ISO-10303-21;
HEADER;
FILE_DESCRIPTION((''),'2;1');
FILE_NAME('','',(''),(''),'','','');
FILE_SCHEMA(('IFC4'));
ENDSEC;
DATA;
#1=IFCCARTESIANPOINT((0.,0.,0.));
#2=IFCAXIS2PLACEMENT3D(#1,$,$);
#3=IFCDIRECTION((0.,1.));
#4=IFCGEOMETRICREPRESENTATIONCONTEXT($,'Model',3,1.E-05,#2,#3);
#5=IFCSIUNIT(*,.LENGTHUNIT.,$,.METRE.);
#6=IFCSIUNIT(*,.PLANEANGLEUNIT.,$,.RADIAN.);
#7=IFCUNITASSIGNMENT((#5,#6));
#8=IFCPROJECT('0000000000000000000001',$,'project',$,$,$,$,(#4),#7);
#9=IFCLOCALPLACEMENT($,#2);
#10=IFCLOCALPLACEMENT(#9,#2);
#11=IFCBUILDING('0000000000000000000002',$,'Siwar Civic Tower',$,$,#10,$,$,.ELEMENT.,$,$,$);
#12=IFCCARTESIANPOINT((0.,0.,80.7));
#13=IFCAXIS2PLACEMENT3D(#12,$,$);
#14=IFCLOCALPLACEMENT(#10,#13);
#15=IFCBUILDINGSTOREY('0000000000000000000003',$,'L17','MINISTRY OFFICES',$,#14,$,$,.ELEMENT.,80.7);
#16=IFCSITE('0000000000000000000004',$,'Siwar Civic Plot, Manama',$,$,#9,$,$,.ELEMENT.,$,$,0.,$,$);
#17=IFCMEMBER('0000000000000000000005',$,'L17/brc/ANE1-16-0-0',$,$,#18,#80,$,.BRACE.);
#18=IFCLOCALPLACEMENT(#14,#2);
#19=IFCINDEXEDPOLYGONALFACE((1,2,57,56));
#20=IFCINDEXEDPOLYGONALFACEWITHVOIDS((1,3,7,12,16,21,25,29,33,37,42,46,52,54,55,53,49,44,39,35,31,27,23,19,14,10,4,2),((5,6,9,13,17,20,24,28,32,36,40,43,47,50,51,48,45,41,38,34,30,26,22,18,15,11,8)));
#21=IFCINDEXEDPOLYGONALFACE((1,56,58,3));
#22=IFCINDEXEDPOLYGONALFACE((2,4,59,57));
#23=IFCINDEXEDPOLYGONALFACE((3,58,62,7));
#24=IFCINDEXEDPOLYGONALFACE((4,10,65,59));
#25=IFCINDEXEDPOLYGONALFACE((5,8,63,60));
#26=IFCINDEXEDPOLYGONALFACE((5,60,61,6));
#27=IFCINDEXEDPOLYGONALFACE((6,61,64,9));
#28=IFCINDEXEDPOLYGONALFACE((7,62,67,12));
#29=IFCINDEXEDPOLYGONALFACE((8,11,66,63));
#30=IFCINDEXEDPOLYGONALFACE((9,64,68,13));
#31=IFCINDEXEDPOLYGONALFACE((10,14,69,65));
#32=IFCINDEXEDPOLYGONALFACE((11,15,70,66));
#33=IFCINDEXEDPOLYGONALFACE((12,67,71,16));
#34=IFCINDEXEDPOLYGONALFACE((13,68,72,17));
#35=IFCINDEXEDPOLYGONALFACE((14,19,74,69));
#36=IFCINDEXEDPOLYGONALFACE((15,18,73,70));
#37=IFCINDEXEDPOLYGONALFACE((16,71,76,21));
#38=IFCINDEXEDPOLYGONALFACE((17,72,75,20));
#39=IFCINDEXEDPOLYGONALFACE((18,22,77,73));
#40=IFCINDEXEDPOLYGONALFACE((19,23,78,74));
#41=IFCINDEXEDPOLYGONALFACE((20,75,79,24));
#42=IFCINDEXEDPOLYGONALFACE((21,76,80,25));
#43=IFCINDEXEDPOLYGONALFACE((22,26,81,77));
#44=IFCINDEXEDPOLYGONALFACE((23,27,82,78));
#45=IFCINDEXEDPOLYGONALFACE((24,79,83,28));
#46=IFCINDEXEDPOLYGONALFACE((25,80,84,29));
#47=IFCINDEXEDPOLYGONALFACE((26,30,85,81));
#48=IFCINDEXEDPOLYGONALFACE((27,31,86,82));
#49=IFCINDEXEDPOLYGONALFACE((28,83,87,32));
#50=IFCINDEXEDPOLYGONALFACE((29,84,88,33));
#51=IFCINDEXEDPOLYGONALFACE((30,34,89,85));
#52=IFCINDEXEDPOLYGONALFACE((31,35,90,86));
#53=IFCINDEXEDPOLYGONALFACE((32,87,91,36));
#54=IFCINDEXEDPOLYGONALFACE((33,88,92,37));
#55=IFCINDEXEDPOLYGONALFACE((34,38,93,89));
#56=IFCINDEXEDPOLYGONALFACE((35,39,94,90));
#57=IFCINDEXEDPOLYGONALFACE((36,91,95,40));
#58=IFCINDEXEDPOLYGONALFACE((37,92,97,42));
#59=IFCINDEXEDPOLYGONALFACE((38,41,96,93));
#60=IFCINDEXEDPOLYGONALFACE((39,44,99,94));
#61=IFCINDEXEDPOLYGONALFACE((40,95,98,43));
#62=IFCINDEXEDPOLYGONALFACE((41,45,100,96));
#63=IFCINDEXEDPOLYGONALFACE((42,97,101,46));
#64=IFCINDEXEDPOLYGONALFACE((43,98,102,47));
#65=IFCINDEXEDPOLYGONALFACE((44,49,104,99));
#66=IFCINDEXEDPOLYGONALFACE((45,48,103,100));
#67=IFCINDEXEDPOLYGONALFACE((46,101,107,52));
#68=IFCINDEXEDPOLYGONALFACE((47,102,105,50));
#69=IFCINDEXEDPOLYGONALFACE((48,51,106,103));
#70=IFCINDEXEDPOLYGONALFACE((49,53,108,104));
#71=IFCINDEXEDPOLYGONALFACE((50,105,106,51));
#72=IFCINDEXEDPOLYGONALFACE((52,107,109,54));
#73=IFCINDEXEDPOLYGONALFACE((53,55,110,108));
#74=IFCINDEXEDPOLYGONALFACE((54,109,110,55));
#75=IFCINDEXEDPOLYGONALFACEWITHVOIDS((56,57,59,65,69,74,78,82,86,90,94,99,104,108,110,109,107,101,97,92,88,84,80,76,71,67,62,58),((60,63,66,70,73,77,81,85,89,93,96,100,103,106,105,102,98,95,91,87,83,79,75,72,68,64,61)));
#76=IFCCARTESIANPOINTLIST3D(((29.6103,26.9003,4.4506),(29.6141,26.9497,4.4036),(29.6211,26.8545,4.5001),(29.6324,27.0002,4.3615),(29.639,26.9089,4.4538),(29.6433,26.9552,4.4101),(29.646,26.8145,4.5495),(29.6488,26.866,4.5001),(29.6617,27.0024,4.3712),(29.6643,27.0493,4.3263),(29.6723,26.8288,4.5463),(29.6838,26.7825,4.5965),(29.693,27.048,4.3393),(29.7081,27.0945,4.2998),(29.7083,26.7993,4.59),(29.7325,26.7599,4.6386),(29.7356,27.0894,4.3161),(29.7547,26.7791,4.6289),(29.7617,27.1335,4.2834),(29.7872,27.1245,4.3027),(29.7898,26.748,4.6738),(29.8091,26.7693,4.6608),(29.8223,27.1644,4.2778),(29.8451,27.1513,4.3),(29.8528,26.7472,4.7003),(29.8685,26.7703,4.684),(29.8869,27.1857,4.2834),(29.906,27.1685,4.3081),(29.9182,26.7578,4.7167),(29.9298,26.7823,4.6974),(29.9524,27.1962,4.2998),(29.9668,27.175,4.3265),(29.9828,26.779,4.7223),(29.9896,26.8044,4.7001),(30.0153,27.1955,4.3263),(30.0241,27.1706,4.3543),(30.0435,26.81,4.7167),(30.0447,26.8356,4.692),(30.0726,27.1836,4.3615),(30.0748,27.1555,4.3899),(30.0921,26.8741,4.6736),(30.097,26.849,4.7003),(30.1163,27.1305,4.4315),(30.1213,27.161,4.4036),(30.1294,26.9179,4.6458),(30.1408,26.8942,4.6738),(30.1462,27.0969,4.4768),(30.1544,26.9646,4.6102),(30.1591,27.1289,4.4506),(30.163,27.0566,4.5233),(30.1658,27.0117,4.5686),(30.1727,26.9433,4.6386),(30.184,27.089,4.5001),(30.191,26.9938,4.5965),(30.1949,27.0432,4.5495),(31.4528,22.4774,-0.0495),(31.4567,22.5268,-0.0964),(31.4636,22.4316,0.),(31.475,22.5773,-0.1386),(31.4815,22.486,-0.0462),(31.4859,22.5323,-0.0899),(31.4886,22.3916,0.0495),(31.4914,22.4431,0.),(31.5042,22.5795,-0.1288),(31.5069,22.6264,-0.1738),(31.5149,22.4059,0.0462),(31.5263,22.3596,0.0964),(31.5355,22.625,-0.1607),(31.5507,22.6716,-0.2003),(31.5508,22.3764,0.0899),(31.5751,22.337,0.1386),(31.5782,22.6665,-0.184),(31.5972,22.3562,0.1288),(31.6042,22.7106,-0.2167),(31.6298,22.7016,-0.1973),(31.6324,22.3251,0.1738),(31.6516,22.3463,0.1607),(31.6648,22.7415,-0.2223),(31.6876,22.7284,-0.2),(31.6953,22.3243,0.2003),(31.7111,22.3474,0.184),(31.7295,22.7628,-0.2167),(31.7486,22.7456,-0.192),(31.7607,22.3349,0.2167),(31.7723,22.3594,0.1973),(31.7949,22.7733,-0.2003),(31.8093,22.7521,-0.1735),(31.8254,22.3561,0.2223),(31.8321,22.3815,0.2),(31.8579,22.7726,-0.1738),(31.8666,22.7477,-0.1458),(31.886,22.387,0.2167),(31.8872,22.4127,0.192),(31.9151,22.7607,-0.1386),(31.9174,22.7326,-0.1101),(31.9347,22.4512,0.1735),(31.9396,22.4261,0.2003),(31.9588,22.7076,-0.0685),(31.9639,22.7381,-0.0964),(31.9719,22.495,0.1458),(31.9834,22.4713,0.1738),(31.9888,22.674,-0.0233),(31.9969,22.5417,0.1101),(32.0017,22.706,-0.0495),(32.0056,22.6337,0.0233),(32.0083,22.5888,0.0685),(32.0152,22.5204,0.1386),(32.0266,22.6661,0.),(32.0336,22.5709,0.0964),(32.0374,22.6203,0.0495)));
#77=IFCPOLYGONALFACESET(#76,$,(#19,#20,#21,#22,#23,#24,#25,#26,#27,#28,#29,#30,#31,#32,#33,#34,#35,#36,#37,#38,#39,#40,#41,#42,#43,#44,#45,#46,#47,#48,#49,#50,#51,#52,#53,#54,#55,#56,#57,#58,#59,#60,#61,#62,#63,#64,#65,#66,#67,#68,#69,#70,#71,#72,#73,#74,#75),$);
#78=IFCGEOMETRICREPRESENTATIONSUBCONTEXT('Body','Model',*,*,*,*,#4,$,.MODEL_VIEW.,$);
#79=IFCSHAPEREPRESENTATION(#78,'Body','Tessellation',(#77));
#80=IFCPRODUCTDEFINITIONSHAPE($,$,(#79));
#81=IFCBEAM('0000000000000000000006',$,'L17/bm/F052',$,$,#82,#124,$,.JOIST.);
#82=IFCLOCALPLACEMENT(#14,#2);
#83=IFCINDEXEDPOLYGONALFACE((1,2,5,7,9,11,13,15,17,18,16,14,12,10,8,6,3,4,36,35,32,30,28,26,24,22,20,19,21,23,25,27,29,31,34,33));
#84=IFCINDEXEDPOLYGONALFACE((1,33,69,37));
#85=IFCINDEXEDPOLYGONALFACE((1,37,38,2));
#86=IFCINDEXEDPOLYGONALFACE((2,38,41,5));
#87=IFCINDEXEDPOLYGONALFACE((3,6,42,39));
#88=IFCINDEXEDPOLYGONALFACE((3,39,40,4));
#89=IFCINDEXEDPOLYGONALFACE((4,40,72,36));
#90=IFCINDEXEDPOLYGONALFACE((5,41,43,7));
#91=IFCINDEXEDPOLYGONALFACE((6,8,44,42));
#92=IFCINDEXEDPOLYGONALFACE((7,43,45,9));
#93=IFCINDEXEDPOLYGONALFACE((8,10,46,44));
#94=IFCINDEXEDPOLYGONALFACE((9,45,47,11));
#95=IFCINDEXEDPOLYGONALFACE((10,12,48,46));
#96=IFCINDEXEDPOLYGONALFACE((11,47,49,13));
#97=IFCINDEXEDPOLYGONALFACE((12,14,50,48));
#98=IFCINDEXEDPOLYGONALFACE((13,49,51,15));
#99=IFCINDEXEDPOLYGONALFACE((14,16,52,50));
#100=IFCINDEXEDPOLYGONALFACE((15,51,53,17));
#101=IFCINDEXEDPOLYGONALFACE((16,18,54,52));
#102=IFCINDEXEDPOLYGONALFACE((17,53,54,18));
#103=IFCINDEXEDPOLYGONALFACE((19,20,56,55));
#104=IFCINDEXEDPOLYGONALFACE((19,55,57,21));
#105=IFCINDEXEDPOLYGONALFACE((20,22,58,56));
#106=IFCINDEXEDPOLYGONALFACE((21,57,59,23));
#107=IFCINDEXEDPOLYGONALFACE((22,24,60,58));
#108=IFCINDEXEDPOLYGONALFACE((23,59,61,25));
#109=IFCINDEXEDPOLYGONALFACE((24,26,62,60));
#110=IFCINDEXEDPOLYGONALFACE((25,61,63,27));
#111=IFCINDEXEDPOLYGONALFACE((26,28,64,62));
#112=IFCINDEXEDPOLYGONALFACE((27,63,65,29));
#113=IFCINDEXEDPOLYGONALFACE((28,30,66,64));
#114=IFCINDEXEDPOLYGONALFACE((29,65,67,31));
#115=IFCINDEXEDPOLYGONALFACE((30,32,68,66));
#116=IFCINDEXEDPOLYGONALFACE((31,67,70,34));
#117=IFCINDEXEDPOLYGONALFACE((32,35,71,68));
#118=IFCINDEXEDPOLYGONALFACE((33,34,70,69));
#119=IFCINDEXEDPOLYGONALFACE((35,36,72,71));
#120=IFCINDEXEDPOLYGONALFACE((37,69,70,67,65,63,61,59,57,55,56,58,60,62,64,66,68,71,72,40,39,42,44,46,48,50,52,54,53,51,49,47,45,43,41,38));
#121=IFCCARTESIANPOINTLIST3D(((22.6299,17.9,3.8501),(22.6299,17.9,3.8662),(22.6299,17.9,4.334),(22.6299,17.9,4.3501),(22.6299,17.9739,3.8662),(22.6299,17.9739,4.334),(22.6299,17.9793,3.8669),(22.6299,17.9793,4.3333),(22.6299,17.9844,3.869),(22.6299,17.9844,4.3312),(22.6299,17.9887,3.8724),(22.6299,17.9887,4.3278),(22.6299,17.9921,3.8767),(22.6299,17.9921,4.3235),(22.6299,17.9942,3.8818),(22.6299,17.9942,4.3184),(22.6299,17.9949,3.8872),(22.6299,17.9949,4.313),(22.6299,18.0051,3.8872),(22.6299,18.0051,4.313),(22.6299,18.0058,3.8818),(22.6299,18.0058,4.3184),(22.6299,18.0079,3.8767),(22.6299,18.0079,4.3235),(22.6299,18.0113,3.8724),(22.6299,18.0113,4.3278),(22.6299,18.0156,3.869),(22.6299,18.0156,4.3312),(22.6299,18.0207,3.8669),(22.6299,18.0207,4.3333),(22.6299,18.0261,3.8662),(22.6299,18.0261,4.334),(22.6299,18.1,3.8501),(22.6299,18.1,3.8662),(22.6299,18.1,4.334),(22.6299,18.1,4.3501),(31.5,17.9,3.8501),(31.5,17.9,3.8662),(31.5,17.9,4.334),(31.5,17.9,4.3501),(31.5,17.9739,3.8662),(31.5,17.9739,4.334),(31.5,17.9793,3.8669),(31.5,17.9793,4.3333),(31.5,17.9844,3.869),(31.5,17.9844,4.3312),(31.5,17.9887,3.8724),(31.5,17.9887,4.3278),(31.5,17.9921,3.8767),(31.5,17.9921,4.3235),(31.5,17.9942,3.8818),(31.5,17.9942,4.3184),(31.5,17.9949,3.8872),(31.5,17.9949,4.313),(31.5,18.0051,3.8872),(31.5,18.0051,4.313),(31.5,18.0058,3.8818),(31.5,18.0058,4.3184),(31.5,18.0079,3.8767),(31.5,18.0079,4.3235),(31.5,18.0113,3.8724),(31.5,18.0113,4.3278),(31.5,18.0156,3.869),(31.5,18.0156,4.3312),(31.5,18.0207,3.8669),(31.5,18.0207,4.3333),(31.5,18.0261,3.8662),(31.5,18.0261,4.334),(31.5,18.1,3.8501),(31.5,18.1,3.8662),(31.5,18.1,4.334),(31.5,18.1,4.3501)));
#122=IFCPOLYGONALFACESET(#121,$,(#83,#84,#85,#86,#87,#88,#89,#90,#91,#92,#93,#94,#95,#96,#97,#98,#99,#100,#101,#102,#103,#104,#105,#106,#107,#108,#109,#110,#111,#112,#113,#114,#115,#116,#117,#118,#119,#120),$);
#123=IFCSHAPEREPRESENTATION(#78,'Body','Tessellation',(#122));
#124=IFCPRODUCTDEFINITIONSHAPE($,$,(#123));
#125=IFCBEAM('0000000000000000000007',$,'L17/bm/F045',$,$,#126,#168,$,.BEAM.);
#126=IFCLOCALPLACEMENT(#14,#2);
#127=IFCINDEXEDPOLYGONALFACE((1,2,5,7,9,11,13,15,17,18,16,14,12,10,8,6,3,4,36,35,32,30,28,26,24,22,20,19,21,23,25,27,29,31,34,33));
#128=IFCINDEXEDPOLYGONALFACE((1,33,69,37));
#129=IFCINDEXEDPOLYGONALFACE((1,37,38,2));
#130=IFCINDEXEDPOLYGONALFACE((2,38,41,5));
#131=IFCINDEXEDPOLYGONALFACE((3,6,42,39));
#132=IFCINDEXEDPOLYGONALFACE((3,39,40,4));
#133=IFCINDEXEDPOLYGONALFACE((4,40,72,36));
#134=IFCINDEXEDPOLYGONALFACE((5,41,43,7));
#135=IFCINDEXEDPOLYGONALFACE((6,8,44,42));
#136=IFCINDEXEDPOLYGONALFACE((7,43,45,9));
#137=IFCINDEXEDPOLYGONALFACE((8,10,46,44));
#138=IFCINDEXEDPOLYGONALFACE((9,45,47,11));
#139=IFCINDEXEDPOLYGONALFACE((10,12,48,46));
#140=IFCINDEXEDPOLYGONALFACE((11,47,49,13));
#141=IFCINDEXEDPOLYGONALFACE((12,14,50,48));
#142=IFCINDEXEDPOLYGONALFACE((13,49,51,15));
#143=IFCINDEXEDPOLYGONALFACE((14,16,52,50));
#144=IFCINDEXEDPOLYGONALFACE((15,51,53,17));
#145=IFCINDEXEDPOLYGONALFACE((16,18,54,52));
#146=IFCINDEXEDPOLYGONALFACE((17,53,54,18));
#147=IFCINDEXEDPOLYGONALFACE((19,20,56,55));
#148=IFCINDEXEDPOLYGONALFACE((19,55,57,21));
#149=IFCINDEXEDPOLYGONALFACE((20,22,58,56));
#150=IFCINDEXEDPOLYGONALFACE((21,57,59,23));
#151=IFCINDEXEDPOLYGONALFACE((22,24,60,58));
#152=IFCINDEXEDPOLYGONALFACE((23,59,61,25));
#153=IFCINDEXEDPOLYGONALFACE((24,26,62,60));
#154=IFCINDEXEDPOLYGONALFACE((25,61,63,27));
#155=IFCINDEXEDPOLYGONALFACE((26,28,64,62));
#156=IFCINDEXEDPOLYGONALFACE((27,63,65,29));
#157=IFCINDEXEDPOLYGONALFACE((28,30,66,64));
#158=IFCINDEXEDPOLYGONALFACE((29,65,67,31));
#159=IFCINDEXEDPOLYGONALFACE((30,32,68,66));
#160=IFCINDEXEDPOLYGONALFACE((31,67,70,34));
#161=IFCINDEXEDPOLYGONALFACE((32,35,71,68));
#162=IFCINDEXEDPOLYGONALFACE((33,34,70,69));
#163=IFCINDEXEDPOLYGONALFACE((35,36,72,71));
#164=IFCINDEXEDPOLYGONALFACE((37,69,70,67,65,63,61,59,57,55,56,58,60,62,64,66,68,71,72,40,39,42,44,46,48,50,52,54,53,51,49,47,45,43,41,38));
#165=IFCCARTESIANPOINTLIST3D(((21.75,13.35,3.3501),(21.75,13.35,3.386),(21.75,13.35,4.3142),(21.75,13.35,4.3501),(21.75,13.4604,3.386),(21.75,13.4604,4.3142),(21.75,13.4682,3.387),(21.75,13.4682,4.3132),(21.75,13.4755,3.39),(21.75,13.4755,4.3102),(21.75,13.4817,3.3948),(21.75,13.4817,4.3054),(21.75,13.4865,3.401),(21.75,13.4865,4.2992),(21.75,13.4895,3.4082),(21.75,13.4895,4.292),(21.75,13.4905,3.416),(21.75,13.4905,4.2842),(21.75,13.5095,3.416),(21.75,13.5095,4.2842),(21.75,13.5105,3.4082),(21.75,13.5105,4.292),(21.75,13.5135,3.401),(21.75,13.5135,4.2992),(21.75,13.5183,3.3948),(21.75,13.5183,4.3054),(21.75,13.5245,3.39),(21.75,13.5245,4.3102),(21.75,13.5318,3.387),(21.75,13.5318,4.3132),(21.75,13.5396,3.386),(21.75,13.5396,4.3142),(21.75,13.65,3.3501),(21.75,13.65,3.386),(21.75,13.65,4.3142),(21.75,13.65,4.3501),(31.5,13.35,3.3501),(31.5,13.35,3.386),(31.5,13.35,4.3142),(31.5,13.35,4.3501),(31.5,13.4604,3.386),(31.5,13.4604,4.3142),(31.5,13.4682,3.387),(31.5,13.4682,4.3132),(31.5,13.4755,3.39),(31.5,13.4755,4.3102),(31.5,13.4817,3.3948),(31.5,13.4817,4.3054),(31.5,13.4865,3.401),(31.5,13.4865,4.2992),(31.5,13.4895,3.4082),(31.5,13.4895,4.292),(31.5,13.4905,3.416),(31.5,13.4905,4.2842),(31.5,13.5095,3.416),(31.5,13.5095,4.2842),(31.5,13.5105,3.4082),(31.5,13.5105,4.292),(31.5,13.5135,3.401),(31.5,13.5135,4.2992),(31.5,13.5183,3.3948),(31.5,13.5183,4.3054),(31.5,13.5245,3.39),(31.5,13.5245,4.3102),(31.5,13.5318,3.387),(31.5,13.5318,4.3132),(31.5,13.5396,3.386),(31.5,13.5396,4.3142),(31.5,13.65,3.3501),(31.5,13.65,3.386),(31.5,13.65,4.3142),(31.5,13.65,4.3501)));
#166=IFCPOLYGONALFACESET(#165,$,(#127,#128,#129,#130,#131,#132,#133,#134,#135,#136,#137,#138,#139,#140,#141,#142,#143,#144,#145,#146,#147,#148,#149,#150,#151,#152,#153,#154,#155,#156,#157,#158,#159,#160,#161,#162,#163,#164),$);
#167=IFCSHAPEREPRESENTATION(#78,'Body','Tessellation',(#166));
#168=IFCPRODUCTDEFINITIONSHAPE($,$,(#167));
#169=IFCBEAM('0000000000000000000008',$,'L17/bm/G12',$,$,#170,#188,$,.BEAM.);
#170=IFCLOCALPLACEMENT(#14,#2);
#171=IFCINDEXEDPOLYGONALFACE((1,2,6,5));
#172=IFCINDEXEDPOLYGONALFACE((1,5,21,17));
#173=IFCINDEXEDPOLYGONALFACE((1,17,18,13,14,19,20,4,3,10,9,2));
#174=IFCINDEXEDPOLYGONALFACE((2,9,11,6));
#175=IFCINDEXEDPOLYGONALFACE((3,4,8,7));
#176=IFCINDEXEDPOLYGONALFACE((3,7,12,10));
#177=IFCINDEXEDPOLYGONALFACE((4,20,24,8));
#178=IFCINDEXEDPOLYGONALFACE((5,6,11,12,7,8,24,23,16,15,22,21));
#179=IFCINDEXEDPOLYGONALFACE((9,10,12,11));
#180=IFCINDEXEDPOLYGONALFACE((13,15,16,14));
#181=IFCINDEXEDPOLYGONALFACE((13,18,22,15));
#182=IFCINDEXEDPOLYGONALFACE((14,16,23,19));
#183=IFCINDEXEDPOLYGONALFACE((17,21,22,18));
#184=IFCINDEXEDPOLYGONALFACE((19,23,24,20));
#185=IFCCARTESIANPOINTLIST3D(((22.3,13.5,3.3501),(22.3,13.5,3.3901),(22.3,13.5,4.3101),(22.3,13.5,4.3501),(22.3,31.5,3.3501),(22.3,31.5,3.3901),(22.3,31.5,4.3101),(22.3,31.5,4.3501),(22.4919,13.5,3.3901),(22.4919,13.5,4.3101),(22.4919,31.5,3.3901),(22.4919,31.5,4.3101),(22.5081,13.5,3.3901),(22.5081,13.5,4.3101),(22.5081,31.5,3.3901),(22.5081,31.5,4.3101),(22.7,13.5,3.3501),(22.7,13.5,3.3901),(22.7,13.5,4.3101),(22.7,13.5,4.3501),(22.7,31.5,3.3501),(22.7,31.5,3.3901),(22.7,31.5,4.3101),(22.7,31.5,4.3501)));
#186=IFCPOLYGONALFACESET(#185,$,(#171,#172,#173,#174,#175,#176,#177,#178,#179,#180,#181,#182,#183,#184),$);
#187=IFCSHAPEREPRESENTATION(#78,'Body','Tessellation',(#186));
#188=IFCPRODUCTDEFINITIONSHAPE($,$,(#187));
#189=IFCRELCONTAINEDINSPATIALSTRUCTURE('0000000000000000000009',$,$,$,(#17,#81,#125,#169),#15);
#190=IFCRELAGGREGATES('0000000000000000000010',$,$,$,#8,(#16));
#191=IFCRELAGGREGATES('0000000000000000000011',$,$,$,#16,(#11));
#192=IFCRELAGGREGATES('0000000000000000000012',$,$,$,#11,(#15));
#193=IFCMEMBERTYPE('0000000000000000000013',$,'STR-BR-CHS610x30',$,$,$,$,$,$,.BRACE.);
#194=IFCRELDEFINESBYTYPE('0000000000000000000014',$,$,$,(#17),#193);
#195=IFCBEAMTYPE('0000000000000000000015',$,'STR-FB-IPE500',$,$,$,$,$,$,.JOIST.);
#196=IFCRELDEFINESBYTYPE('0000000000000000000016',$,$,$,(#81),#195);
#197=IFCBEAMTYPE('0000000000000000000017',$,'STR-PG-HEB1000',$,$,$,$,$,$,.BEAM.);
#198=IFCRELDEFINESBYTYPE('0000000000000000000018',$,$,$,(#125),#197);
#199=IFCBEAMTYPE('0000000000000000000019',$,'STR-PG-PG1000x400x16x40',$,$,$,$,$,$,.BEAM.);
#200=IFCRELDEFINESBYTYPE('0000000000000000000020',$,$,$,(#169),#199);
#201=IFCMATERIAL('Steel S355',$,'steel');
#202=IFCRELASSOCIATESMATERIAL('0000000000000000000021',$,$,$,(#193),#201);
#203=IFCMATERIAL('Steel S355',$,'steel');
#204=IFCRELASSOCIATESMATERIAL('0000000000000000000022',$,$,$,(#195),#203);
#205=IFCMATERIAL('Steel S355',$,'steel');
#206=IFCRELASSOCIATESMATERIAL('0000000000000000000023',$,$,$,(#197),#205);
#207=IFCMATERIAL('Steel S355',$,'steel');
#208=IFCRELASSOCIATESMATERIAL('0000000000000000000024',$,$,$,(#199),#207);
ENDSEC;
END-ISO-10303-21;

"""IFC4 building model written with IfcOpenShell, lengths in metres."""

from ifc_helpers import new_model, si_unit, direction, frame, origin, origin_2d, place, context, subcontext, project, spatial, hollow_circle, i_section, extrude, material, material_profile, profile_set, type_object, element, save


model = new_model("IFC4")

# Units and contexts
model_context = context("Model", 3, precision=1e-05, world=origin(), true_north=direction((0.0, 1.0)))
body_context = subcontext(model_context, "Body", "Model", "MODEL_VIEW")
ifc_project = project(units=[si_unit("LENGTHUNIT", "METRE"), si_unit("PLANEANGLEUNIT", "RADIAN")], contexts=[model_context])

# Site, building, storey
site_placement = place(None, origin())
site = spatial("IfcSite", under=ifc_project, at=site_placement, Name="Siwar Civic Plot, Manama", CompositionType="ELEMENT", RefElevation=0.0)
building_placement = place(site_placement, origin())
building = spatial("IfcBuilding", under=site, at=building_placement, Name="Siwar Civic Tower", CompositionType="ELEMENT")
storey_placement = place(building_placement, frame((0.0, 0.0, 80.7)))
storey = spatial("IfcBuildingStorey", under=building, at=storey_placement, Name="L17", Description="MINISTRY OFFICES", CompositionType="ELEMENT", Elevation=80.7)

# Member
ifc_material_1 = material(Name="Steel S355", Category="steel")
ifc_material_profile_1 = material_profile(ifc_material_1, hollow_circle(Radius=0.3049, WallThickness=0.03, at=origin_2d()), Name="CHS610x30")
ifc_profile_set_1 = profile_set([ifc_material_profile_1], Name="Steel S355")
member_type_1 = type_object("IfcMemberType", Name="STR-BR-CHS610x30", PredefinedType="BRACE", material=ifc_profile_set_1)
member_1_placement = place(storey_placement, frame((31.7451, 22.5488, 0.0), z_axis=(-0.280311, 0.672865, 0.684601), x_axis=(-0.923101, -0.384557, 0.0)))
element("IfcMember", 1, at=member_1_placement, inside=storey, type_object=member_type_1, Name="L17/brc/ANE1-16-0-0", PredefinedType="BRACE", context=body_context, shape_type="SweptSolid", body=[
    extrude(hollow_circle(Radius=0.3049, WallThickness=0.03, at=origin_2d()), origin(), (0.0, 0.0, 1.0), 6.5732),
])

# Beams
ifc_material_2 = material(Name="Steel S355", Category="steel")
ifc_material_profile_2 = material_profile(ifc_material_2, i_section(OverallWidth=0.2, OverallDepth=0.5, WebThickness=0.0103, FlangeThickness=0.0161, FilletRadius=0.021, at=origin_2d()), Name="IPE500")
ifc_profile_set_2 = profile_set([ifc_material_profile_2], Name="Steel S355")
beam_type_1 = type_object("IfcBeamType", Name="STR-FB-IPE500", PredefinedType="JOIST", material=ifc_profile_set_2)
beam_1_placement = place(storey_placement, frame((22.6299, 18.0, 4.1001), z_axis=(1.0, 0.0, 0.0), x_axis=(0.0, 1.0, 0.0)))
element("IfcBeam", 2, at=beam_1_placement, inside=storey, type_object=beam_type_1, Name="L17/bm/F052", PredefinedType="JOIST", context=body_context, shape_type="SweptSolid", body=[
    extrude(i_section(OverallWidth=0.2, OverallDepth=0.5, WebThickness=0.0103, FlangeThickness=0.0161, FilletRadius=0.021, at=origin_2d()), origin(), (0.0, 0.0, 1.0), 8.8701),
])
ifc_material_3 = material(Name="Steel S355", Category="steel")
ifc_material_profile_3 = material_profile(ifc_material_3, i_section(OverallWidth=0.3, OverallDepth=1.0, WebThickness=0.019, FlangeThickness=0.0359, FilletRadius=0.03, at=origin_2d()), Name="HEB1000")
ifc_profile_set_3 = profile_set([ifc_material_profile_3], Name="Steel S355")
beam_type_2 = type_object("IfcBeamType", Name="STR-PG-HEB1000", PredefinedType="BEAM", material=ifc_profile_set_3)
beam_2_placement = place(storey_placement, frame((21.75, 13.5, 3.8501), z_axis=(1.0, 0.0, 0.0), x_axis=(0.0, 1.0, 0.0)))
element("IfcBeam", 3, at=beam_2_placement, inside=storey, type_object=beam_type_2, Name="L17/bm/F045", PredefinedType="BEAM", context=body_context, shape_type="SweptSolid", body=[
    extrude(i_section(OverallWidth=0.3, OverallDepth=1.0, WebThickness=0.019, FlangeThickness=0.0359, FilletRadius=0.03, at=origin_2d()), origin(), (0.0, 0.0, 1.0), 9.75),
])
ifc_material_4 = material(Name="Steel S355", Category="steel")
ifc_material_profile_4 = material_profile(ifc_material_4, i_section(OverallWidth=0.3999, OverallDepth=1.0, WebThickness=0.0161, FlangeThickness=0.04, at=origin_2d()), Name="PG1000x400x16x40")
ifc_profile_set_4 = profile_set([ifc_material_profile_4], Name="Steel S355")
beam_type_3 = type_object("IfcBeamType", Name="STR-PG-PG1000x400x16x40", PredefinedType="BEAM", material=ifc_profile_set_4)
beam_3_placement = place(storey_placement, frame((22.5, 13.5, 3.8501), z_axis=(0.0, 1.0, 0.0), x_axis=(-1.0, 0.0, 0.0)))
element("IfcBeam", 4, at=beam_3_placement, inside=storey, type_object=beam_type_3, Name="L17/bm/G12", PredefinedType="BEAM", context=body_context, shape_type="SweptSolid", body=[
    extrude(i_section(OverallWidth=0.3999, OverallDepth=1.0, WebThickness=0.0161, FlangeThickness=0.04, at=origin_2d()), origin(), (0.0, 0.0, 1.0), 18.0),
])

save(model, "model.ifc")
